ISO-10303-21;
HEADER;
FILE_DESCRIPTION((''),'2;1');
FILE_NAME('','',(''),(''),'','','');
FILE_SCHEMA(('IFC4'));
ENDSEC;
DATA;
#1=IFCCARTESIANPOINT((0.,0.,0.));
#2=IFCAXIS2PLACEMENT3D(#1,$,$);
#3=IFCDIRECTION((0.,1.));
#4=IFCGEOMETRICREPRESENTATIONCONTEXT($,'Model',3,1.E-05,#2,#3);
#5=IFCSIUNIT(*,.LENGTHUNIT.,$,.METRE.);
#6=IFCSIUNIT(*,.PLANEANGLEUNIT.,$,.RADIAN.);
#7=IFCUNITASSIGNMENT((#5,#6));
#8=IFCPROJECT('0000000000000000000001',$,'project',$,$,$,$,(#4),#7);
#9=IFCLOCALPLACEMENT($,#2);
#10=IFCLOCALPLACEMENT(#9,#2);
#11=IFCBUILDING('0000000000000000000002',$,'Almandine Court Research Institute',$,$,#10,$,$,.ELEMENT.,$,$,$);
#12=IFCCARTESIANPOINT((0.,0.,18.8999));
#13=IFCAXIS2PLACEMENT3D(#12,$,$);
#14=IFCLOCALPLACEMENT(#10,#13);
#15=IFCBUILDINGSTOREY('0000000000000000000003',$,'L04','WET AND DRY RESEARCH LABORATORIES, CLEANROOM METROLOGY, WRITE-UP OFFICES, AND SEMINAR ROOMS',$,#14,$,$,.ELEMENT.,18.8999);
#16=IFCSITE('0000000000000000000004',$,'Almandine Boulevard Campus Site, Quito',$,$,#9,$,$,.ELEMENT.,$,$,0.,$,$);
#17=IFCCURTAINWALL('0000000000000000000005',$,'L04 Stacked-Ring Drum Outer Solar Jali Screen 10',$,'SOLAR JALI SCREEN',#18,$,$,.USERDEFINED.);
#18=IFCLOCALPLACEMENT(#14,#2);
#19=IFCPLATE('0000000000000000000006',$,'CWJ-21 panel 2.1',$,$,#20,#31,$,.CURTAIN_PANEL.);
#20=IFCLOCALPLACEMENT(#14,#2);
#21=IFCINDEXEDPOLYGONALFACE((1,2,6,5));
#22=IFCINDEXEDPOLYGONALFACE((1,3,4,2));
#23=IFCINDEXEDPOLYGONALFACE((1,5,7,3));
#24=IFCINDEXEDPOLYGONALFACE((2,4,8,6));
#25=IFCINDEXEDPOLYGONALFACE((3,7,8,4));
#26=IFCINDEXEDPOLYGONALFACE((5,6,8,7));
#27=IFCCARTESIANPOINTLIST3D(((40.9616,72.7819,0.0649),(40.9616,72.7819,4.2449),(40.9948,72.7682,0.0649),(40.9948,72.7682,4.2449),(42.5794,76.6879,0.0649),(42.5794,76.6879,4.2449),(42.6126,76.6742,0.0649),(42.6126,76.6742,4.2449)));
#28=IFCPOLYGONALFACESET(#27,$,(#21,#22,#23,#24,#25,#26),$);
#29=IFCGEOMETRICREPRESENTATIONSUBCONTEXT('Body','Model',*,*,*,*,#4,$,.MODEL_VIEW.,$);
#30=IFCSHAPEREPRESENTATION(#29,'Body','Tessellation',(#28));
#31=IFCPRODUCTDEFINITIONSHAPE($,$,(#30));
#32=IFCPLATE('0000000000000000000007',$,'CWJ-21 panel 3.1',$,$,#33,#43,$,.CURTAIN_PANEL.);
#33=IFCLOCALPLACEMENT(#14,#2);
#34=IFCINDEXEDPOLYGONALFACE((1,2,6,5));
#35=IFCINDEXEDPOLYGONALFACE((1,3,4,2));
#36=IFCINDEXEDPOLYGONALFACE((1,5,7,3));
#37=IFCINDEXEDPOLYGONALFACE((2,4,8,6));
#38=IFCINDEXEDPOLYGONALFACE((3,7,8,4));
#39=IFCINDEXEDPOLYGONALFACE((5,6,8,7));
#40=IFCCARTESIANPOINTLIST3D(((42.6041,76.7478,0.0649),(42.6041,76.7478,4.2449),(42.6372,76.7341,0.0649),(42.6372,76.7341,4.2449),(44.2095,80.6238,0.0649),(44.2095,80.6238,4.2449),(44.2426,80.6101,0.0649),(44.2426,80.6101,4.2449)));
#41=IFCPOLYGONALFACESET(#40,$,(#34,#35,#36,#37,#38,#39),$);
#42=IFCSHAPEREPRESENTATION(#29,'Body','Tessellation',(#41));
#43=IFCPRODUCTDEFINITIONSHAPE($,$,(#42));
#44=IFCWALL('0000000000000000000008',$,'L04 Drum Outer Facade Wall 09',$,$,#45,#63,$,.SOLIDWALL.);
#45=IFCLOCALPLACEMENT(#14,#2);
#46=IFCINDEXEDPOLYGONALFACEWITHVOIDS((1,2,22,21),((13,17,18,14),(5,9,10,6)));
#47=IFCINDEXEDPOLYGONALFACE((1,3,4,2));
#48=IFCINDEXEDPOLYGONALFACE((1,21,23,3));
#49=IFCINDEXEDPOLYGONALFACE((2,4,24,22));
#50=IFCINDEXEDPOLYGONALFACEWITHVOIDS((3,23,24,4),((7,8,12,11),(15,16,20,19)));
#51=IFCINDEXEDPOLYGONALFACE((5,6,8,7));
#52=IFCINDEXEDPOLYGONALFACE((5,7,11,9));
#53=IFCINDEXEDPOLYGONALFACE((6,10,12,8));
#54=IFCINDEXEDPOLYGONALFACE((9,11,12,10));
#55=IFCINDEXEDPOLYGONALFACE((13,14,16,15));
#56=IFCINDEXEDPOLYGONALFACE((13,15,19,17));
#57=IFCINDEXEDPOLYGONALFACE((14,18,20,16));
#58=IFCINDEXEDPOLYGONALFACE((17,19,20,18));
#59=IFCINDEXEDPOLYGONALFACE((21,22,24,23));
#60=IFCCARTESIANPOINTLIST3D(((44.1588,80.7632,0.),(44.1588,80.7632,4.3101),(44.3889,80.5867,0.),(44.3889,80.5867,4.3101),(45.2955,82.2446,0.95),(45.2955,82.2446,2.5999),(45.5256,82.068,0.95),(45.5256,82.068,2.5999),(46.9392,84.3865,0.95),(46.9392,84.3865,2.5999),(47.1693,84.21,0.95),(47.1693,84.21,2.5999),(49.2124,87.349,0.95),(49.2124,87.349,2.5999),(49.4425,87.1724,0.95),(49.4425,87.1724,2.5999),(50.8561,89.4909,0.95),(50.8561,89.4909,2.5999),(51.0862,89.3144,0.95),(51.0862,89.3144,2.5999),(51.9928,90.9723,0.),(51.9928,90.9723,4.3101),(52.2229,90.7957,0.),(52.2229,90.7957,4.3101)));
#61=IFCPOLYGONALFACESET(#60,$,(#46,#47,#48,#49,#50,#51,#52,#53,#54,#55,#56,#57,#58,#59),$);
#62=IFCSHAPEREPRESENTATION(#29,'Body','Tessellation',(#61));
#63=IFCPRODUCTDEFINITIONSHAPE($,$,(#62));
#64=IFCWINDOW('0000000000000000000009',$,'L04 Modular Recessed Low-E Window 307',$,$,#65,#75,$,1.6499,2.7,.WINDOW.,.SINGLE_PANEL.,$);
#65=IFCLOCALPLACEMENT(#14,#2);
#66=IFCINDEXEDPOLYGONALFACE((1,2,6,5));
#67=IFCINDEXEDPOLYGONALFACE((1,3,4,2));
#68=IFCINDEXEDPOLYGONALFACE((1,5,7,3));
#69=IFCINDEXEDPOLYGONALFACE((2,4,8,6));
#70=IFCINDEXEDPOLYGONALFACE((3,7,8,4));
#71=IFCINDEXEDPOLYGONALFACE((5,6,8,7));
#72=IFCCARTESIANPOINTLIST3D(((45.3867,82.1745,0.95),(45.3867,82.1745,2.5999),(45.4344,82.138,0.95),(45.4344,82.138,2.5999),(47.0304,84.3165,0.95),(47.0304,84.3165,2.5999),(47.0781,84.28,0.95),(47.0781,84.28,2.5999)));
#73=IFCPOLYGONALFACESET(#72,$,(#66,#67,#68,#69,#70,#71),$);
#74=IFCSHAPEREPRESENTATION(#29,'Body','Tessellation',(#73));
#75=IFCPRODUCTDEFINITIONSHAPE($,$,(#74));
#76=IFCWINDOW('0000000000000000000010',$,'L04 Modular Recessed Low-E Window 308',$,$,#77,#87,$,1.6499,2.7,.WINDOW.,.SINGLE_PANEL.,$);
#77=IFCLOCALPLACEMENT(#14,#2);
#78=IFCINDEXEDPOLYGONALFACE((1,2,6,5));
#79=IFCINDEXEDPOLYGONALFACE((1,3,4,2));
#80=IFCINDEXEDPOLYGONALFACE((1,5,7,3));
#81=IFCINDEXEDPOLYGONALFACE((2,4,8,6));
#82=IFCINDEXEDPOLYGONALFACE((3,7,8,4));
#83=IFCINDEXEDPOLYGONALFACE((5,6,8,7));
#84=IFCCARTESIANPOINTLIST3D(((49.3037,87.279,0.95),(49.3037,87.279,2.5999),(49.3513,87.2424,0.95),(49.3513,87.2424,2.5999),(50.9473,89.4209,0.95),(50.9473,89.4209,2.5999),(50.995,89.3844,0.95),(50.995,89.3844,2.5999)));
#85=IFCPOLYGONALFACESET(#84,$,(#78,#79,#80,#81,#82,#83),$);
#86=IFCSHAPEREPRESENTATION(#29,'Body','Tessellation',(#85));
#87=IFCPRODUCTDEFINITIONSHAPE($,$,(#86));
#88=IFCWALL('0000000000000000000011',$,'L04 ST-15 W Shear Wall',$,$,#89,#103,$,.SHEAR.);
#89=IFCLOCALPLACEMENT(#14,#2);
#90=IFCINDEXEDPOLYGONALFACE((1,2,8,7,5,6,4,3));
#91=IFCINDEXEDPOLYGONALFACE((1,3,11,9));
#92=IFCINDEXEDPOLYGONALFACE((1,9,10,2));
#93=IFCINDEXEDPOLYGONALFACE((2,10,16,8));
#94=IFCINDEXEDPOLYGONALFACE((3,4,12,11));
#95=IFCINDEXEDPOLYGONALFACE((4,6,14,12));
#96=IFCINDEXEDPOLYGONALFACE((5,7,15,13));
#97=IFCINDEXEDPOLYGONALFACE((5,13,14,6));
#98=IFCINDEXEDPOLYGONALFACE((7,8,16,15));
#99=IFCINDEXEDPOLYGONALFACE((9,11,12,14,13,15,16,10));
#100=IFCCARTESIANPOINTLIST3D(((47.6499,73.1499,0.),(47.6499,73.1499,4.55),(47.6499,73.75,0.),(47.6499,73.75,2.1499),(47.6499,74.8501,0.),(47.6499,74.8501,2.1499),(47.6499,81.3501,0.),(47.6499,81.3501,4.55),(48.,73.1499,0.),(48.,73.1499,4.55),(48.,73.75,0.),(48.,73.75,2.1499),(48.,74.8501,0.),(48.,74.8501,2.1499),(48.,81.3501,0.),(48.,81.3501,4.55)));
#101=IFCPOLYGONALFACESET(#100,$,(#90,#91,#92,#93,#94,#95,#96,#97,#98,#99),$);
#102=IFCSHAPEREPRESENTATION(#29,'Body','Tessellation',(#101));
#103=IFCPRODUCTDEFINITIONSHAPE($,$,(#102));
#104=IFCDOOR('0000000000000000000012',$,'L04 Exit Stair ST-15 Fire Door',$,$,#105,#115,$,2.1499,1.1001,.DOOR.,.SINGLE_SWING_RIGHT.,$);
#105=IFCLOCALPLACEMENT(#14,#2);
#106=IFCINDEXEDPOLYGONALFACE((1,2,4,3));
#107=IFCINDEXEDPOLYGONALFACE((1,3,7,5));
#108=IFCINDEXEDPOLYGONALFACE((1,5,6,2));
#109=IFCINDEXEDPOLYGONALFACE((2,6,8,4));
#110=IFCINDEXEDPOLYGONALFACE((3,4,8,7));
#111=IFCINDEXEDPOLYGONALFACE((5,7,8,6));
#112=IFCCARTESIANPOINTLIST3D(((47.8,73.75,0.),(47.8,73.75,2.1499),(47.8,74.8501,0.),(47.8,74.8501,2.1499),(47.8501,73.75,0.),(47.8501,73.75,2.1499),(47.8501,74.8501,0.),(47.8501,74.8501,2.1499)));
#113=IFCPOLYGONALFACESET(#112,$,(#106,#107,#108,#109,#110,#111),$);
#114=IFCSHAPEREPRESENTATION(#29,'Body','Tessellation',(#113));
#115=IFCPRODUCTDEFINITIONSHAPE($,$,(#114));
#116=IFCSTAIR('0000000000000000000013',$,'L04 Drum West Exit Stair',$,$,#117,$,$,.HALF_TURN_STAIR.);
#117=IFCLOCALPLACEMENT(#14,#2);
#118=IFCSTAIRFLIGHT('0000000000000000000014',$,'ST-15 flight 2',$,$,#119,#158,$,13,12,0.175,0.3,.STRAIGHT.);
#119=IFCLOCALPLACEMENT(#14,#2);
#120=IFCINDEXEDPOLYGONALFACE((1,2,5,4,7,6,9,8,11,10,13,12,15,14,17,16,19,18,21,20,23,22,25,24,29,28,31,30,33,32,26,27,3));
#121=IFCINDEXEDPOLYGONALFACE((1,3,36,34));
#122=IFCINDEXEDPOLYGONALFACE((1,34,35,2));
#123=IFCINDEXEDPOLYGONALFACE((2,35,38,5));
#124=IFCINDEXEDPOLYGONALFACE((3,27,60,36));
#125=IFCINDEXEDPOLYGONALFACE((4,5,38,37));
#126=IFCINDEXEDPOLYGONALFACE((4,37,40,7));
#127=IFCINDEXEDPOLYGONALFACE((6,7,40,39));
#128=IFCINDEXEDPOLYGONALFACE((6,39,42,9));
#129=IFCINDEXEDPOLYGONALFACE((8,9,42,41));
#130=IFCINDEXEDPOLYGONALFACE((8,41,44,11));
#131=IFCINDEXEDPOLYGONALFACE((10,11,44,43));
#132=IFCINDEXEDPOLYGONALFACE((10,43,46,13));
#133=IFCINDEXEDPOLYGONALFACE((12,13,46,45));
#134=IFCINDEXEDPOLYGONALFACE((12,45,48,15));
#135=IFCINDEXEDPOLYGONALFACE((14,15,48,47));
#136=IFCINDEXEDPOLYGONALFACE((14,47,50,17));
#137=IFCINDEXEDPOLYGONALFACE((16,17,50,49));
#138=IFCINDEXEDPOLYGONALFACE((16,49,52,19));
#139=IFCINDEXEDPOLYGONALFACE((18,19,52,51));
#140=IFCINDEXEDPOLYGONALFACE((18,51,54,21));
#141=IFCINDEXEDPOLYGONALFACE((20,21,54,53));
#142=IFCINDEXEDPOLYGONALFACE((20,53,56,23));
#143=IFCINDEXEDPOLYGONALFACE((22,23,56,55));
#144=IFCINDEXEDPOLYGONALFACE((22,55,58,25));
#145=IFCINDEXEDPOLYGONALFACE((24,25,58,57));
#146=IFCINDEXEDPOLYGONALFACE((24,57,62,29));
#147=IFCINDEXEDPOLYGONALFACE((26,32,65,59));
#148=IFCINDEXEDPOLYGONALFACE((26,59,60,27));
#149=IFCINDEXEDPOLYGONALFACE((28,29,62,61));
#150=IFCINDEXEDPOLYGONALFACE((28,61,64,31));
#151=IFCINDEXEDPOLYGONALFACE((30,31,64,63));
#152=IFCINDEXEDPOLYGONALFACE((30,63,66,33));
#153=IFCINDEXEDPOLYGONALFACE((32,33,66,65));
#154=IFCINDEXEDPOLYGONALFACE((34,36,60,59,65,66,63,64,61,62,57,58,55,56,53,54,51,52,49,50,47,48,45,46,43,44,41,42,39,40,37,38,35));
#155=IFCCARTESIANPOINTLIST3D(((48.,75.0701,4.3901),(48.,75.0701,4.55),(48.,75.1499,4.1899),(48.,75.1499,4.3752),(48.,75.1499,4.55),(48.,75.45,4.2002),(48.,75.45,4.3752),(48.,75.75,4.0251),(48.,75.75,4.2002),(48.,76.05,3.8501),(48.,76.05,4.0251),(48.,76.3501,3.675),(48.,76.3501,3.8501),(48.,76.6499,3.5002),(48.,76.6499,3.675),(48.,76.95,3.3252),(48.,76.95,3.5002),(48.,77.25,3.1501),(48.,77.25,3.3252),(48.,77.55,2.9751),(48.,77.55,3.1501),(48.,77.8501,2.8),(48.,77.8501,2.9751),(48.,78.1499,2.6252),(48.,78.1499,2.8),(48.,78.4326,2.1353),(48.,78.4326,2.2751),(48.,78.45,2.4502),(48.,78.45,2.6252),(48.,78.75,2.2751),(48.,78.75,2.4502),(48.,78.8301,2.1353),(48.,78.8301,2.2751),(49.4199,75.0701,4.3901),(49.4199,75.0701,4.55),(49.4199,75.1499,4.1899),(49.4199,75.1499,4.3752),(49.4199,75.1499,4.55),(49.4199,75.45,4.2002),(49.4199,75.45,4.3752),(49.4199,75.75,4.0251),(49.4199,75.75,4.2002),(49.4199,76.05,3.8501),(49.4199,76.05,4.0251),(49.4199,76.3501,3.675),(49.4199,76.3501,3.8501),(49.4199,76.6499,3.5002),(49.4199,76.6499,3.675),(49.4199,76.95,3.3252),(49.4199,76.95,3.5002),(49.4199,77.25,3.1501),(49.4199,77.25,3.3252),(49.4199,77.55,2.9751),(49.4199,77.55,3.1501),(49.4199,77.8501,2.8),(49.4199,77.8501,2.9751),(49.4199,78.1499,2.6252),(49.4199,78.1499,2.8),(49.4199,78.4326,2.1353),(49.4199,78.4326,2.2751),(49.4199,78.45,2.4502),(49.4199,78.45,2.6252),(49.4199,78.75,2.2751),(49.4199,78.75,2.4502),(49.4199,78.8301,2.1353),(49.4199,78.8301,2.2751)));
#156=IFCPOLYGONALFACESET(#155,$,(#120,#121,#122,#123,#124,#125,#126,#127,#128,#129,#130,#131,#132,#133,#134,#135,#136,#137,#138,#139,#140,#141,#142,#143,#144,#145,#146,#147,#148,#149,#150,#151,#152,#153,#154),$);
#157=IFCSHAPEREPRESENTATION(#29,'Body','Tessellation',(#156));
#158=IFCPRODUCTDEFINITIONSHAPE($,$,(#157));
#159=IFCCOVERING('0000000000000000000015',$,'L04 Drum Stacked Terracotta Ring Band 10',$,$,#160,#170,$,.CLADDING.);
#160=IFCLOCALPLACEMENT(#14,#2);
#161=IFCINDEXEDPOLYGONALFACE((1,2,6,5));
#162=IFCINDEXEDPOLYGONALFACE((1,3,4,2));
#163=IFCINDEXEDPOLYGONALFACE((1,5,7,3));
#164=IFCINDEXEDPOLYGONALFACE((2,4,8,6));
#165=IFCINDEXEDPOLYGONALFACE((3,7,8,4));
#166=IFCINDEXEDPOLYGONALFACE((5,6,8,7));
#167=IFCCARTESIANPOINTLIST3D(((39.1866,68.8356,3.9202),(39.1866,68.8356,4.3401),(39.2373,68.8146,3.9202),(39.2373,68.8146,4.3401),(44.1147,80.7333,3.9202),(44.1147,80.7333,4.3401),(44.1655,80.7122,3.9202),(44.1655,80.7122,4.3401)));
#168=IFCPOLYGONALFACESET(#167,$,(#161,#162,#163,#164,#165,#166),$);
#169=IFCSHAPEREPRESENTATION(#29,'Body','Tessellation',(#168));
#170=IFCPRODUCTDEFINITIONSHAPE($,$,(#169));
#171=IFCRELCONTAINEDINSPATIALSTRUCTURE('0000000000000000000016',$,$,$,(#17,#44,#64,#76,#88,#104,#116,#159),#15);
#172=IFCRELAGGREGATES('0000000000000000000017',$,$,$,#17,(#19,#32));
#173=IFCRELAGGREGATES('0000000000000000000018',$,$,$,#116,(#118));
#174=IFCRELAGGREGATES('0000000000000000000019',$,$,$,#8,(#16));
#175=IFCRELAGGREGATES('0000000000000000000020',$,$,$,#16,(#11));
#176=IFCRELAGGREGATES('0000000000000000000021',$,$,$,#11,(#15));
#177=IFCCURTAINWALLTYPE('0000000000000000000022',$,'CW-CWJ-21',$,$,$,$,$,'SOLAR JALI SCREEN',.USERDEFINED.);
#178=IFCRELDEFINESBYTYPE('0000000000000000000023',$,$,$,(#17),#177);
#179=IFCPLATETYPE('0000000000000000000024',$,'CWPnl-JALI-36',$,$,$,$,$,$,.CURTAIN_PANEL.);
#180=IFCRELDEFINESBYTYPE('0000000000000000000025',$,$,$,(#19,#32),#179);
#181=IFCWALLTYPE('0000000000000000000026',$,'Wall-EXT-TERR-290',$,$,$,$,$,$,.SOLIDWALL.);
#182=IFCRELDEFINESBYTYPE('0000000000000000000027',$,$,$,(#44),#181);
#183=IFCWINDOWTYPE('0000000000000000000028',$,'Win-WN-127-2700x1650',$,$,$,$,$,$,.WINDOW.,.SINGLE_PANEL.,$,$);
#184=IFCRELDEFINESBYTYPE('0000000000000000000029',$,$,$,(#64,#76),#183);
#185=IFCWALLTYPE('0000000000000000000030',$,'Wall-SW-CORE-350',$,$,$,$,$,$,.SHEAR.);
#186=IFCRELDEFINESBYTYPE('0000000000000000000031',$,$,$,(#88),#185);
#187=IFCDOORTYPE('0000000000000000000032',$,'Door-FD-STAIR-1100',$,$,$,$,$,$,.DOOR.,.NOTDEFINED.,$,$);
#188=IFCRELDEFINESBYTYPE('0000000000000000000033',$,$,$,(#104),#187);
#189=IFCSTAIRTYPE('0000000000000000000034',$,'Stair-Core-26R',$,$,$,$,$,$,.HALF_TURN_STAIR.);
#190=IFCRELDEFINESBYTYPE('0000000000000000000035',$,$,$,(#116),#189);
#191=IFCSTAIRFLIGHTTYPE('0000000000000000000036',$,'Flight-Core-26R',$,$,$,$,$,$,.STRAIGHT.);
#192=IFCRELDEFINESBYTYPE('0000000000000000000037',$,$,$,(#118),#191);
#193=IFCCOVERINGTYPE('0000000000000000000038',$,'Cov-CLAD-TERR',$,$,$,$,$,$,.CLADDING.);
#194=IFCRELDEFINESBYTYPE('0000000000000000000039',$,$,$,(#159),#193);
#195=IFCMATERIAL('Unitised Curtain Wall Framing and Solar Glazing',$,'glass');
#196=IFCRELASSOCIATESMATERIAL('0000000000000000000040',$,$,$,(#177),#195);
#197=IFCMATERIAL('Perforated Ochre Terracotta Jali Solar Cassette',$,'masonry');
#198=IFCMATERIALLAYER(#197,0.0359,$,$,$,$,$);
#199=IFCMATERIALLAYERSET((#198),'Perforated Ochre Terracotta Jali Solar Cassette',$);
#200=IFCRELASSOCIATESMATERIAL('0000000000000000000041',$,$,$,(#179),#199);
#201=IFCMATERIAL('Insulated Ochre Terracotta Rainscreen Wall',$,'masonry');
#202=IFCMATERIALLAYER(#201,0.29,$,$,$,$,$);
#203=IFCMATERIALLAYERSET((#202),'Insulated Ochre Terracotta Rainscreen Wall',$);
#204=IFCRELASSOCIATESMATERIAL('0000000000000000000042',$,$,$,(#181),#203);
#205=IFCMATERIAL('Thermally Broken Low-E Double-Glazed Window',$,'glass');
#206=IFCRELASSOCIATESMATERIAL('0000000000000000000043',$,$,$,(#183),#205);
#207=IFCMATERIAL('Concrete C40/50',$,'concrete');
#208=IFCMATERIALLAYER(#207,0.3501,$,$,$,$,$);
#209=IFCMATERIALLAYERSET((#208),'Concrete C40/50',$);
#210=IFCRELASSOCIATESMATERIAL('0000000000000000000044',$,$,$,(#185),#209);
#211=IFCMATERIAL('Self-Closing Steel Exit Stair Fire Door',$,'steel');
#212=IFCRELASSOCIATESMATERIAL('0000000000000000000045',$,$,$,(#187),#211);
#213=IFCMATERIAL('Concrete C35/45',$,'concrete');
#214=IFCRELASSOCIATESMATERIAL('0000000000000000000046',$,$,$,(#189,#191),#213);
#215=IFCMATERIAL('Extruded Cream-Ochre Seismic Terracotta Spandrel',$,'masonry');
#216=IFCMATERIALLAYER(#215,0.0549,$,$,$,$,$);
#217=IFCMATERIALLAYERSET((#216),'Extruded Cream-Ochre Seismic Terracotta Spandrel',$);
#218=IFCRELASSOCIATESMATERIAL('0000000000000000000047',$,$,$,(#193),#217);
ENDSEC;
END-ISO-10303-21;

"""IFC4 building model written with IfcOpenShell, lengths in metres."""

from ifc_helpers import new_model, si_unit, direction, frame, frame_2d, origin, origin_2d, place, context, subcontext, project, spatial, polyline, rectangle, outline, extrude, material, layer, layer_set, type_object, element, fill, aggregate, save


model = new_model("IFC4")

# Units and contexts
model_context = context("Model", 3, precision=1e-05, world=origin(), true_north=direction((0.0, 1.0)))
body_context = subcontext(model_context, "Body", "Model", "MODEL_VIEW")
ifc_project = project(units=[si_unit("LENGTHUNIT", "METRE"), si_unit("PLANEANGLEUNIT", "RADIAN")], contexts=[model_context])

# Site, building, storey
site_placement = place(None, origin())
site = spatial("IfcSite", under=ifc_project, at=site_placement, Name="Almandine Boulevard Campus Site, Quito", CompositionType="ELEMENT", RefElevation=0.0)
building_placement = place(site_placement, origin())
building = spatial("IfcBuilding", under=site, at=building_placement, Name="Almandine Court Research Institute", CompositionType="ELEMENT")
storey_placement = place(building_placement, frame((0.0, 0.0, 18.8999)))
storey = spatial("IfcBuildingStorey", under=building, at=storey_placement, Name="L04", Description="WET AND DRY RESEARCH LABORATORIES, CLEANROOM METROLOGY, WRITE-UP OFFICES, AND SEMINAR ROOMS", CompositionType="ELEMENT", Elevation=18.8999)

# Curtain wall, plates
ifc_material_1 = material(Name="Unitised Curtain Wall Framing and Solar Glazing", Category="glass")
curtain_wall_type = type_object("IfcCurtainWallType", Name="CW-CWJ-21", ElementType="SOLAR JALI SCREEN", PredefinedType="USERDEFINED", material=ifc_material_1)
curtain_wall_placement = place(storey_placement, origin())
curtain_wall = element("IfcCurtainWall", 1, at=curtain_wall_placement, inside=storey, type_object=curtain_wall_type, Name="L04 Stacked-Ring Drum Outer Solar Jali Screen 10", ObjectType="SOLAR JALI SCREEN", PredefinedType="USERDEFINED")
ifc_material_2 = material(Name="Perforated Ochre Terracotta Jali Solar Cassette", Category="masonry")
ifc_layer_1 = layer(ifc_material_2, 0.0359)
ifc_layer_set_1 = layer_set([ifc_layer_1], Name="Perforated Ochre Terracotta Jali Solar Cassette")
plate_type = type_object("IfcPlateType", Name="CWPnl-JALI-36", PredefinedType="CURTAIN_PANEL", material=ifc_layer_set_1)
plate_1_placement = place(storey_placement, frame((41.7871, 74.728, 0.0649), z_axis=(0.0, 0.0, 1.0), x_axis=(0.382663, 0.923888, 0.0)))
plate_1 = element("IfcPlate", 2, at=plate_1_placement, type_object=plate_type, Name="CWJ-21 panel 2.1", PredefinedType="CURTAIN_PANEL", context=body_context, shape_type="SweptSolid", body=[
    extrude(rectangle(XDim=4.2278, YDim=0.0359, at=origin_2d()), origin(), (0.0, 0.0, 1.0), 4.1799),
])
plate_2_placement = place(storey_placement, frame((43.4233, 78.679, 0.0649), z_axis=(0.0, 0.0, 1.0), x_axis=(0.382663, 0.923888, 0.0)))
plate_2 = element("IfcPlate", 3, at=plate_2_placement, type_object=plate_type, Name="CWJ-21 panel 3.1", PredefinedType="CURTAIN_PANEL", context=body_context, shape_type="SweptSolid", body=[
    extrude(rectangle(XDim=4.1953, YDim=0.0359, at=origin_2d()), origin(), (0.0, 0.0, 1.0), 4.1799),
])
aggregate(curtain_wall, [plate_1, plate_2])

# Wall, openings, windows
ifc_material_3 = material(Name="Insulated Ochre Terracotta Rainscreen Wall", Category="masonry")
ifc_layer_2 = layer(ifc_material_3, 0.29)
ifc_layer_set_2 = layer_set([ifc_layer_2], Name="Insulated Ochre Terracotta Rainscreen Wall")
wall_type_1 = type_object("IfcWallType", Name="Wall-EXT-TERR-290", PredefinedType="SOLIDWALL", material=ifc_layer_set_2)
wall_1_placement = place(storey_placement, frame((44.2739, 80.675, 0.0), z_axis=(0.0, 0.0, 1.0), x_axis=(0.608779, 0.79334, 0.0)))
wall_1 = element("IfcWall", 4, at=wall_1_placement, inside=storey, type_object=wall_type_1, Name="L04 Drum Outer Facade Wall 09", PredefinedType="SOLIDWALL", context=body_context, shape_type="SweptSolid", body=[
    extrude(rectangle(XDim=12.8684, YDim=0.29, at=frame_2d((6.4341, 0.0))), origin(), (0.0, 0.0, 1.0), 4.3101),
])
opening_1_placement = place(wall_1_placement, frame((1.8669, 0.0, 0.95)))
opening_1 = element("IfcOpeningElement", 5, at=opening_1_placement, cuts=wall_1, PredefinedType="OPENING", context=body_context, shape_type="SweptSolid", body=[
    extrude(rectangle(XDim=2.7, YDim=1.6499, at=frame_2d((1.3501, 0.825))), frame((0.0, 0.155, 0.0), z_axis=(0.0, -1.0, 0.0), x_axis=(1.0, 0.0, 0.0)), (0.0, 0.0, 1.0), 0.3101),
])
opening_2_placement = place(wall_1_placement, frame((8.301, 0.0, 0.95)))
opening_2 = element("IfcOpeningElement", 6, at=opening_2_placement, cuts=wall_1, PredefinedType="OPENING", context=body_context, shape_type="SweptSolid", body=[
    extrude(rectangle(XDim=2.7, YDim=1.6499, at=frame_2d((1.3501, 0.825))), frame((0.0, 0.155, 0.0), z_axis=(0.0, -1.0, 0.0), x_axis=(1.0, 0.0, 0.0)), (0.0, 0.0, 1.0), 0.3101),
])
ifc_material_4 = material(Name="Thermally Broken Low-E Double-Glazed Window", Category="glass")
window_type = type_object("IfcWindowType", Name="Win-WN-127-2700x1650", PartitioningType="SINGLE_PANEL", PredefinedType="WINDOW", material=ifc_material_4)
window_1_placement = place(opening_1_placement, origin())
window_1 = element("IfcWindow", 7, at=window_1_placement, inside=storey, type_object=window_type, Name="L04 Modular Recessed Low-E Window 307", OverallHeight=1.6499, OverallWidth=2.7, PartitioningType="SINGLE_PANEL", PredefinedType="WINDOW", context=body_context, shape_type="SweptSolid", body=[
    extrude(rectangle(XDim=2.7, YDim=1.6499, at=frame_2d((1.3501, 0.825))), frame((0.0, 0.03, 0.0), z_axis=(0.0, -1.0, 0.0), x_axis=(1.0, 0.0, 0.0)), (0.0, 0.0, 1.0), 0.0601),
])
fill(opening_1, window_1)
window_2_placement = place(opening_2_placement, origin())
window_2 = element("IfcWindow", 8, at=window_2_placement, inside=storey, type_object=window_type, Name="L04 Modular Recessed Low-E Window 308", OverallHeight=1.6499, OverallWidth=2.7, PartitioningType="SINGLE_PANEL", PredefinedType="WINDOW", context=body_context, shape_type="SweptSolid", body=[
    extrude(rectangle(XDim=2.7, YDim=1.6499, at=frame_2d((1.3501, 0.825))), frame((0.0, 0.03, 0.0), z_axis=(0.0, -1.0, 0.0), x_axis=(1.0, 0.0, 0.0)), (0.0, 0.0, 1.0), 0.0601),
])
fill(opening_2, window_2)

# Wall, opening, door
ifc_material_5 = material(Name="Concrete C40/50", Category="concrete")
ifc_layer_3 = layer(ifc_material_5, 0.3501)
ifc_layer_set_3 = layer_set([ifc_layer_3], Name="Concrete C40/50")
wall_type_2 = type_object("IfcWallType", Name="Wall-SW-CORE-350", PredefinedType="SHEAR", material=ifc_layer_set_3)
wall_2_placement = place(storey_placement, frame((47.825, 73.1499, 0.0), z_axis=(0.0, 0.0, 1.0), x_axis=(0.0, 1.0, 0.0)))
wall_2 = element("IfcWall", 9, at=wall_2_placement, inside=storey, type_object=wall_type_2, Name="L04 ST-15 W Shear Wall", PredefinedType="SHEAR", context=body_context, shape_type="SweptSolid", body=[
    extrude(rectangle(XDim=8.2002, YDim=0.3501, at=frame_2d((4.1001, 0.0))), origin(), (0.0, 0.0, 1.0), 4.55),
])
opening_3_placement = place(wall_2_placement, frame((0.6001, 0.0, 0.0)))
opening_3 = element("IfcOpeningElement", 10, at=opening_3_placement, cuts=wall_2, PredefinedType="OPENING", context=body_context, shape_type="SweptSolid", body=[
    extrude(rectangle(XDim=1.1001, YDim=2.1499, at=frame_2d((0.55, 1.075))), frame((0.0, 0.1851, 0.0), z_axis=(0.0, -1.0, 0.0), x_axis=(1.0, 0.0, 0.0)), (0.0, 0.0, 1.0), 0.3701),
])
ifc_material_6 = material(Name="Self-Closing Steel Exit Stair Fire Door", Category="steel")
door_type = type_object("IfcDoorType", Name="Door-FD-STAIR-1100", OperationType="NOTDEFINED", PredefinedType="DOOR", material=ifc_material_6)
door_placement = place(opening_3_placement, origin())
door = element("IfcDoor", 11, at=door_placement, inside=storey, type_object=door_type, Name="L04 Exit Stair ST-15 Fire Door", OperationType="SINGLE_SWING_RIGHT", OverallHeight=2.1499, OverallWidth=1.1001, PredefinedType="DOOR", context=body_context, shape_type="SweptSolid", body=[
    extrude(rectangle(XDim=1.1001, YDim=2.1499, at=frame_2d((0.55, 1.075))), frame((0.0, 0.0249, 0.0), z_axis=(0.0, -1.0, 0.0), x_axis=(1.0, 0.0, 0.0)), (0.0, 0.0, 1.0), 0.05),
])
fill(opening_3, door)

# Stair, stair flight
ifc_material_7 = material(Name="Concrete C35/45", Category="concrete")
stair_type = type_object("IfcStairType", Name="Stair-Core-26R", PredefinedType="HALF_TURN_STAIR", material=ifc_material_7)
stair_placement = place(storey_placement, origin())
stair = element("IfcStair", 12, at=stair_placement, inside=storey, type_object=stair_type, Name="L04 Drum West Exit Stair", PredefinedType="HALF_TURN_STAIR")
stair_flight_type = type_object("IfcStairFlightType", Name="Flight-Core-26R", PredefinedType="STRAIGHT", material=ifc_material_7)
stair_flight_placement = place(storey_placement, frame((48.71, 78.75, 2.2751), z_axis=(0.0, 0.0, 1.0), x_axis=(0.0, -1.0, 0.0)))
stair_flight = element("IfcStairFlight", 13, at=stair_flight_placement, type_object=stair_flight_type, Name="ST-15 flight 2", NumberOfRisers=13, NumberOfTreads=12, PredefinedType="STRAIGHT", RiserHeight=0.175, TreadLength=0.3, context=body_context, shape_type="SweptSolid", body=[
    extrude(outline(polyline([(-0.0801, -0.1399), (-0.0801, 0.0), (0.0, 0.0), (0.0, 0.175), (0.3, 0.175), (0.3, 0.3501), (0.6001, 0.3501), (0.6001, 0.5249), (0.8999, 0.5249), (0.8999, 0.7), (1.2, 0.7), (1.2, 0.875), (1.5, 0.875), (1.5, 1.05), (1.8, 1.05), (1.8, 1.2251), (2.1001, 1.2251), (2.1001, 1.3999), (2.3999, 1.3999), (2.3999, 1.575), (2.7, 1.575), (2.7, 1.75), (3.0, 1.75), (3.0, 1.925), (3.3, 1.925), (3.3, 2.1001), (3.6001, 2.1001), (3.6001, 2.2749), (3.6799, 2.2749), (3.6799, 2.115), (3.6001, 1.9148), (0.3174, 0.0), (0.3174, -0.1399), (-0.0801, -0.1399)])), frame((0.0, 0.71, 0.0), z_axis=(0.0, -1.0, 0.0), x_axis=(1.0, 0.0, 0.0)), (0.0, 0.0, 1.0), 1.4199),
])
aggregate(stair, [stair_flight])

# Covering
ifc_material_8 = material(Name="Extruded Cream-Ochre Seismic Terracotta Spandrel", Category="masonry")
ifc_layer_4 = layer(ifc_material_8, 0.0549)
ifc_layer_set_4 = layer_set([ifc_layer_4], Name="Extruded Cream-Ochre Seismic Terracotta Spandrel")
covering_type = type_object("IfcCoveringType", Name="Cov-CLAD-TERR", PredefinedType="CLADDING", material=ifc_layer_set_4)
covering_placement = place(storey_placement, frame((41.676, 74.7739, 3.9202), z_axis=(0.0, 0.0, 1.0), x_axis=(0.382683, 0.92388, 0.0)))
element("IfcCovering", 14, at=covering_placement, inside=storey, type_object=covering_type, Name="L04 Drum Stacked Terracotta Ring Band 10", PredefinedType="CLADDING", context=body_context, shape_type="SweptSolid", body=[
    extrude(rectangle(XDim=12.8779, YDim=0.0549, at=origin_2d()), origin(), (0.0, 0.0, 1.0), 0.4199),
])

save(model, "model.ifc")
